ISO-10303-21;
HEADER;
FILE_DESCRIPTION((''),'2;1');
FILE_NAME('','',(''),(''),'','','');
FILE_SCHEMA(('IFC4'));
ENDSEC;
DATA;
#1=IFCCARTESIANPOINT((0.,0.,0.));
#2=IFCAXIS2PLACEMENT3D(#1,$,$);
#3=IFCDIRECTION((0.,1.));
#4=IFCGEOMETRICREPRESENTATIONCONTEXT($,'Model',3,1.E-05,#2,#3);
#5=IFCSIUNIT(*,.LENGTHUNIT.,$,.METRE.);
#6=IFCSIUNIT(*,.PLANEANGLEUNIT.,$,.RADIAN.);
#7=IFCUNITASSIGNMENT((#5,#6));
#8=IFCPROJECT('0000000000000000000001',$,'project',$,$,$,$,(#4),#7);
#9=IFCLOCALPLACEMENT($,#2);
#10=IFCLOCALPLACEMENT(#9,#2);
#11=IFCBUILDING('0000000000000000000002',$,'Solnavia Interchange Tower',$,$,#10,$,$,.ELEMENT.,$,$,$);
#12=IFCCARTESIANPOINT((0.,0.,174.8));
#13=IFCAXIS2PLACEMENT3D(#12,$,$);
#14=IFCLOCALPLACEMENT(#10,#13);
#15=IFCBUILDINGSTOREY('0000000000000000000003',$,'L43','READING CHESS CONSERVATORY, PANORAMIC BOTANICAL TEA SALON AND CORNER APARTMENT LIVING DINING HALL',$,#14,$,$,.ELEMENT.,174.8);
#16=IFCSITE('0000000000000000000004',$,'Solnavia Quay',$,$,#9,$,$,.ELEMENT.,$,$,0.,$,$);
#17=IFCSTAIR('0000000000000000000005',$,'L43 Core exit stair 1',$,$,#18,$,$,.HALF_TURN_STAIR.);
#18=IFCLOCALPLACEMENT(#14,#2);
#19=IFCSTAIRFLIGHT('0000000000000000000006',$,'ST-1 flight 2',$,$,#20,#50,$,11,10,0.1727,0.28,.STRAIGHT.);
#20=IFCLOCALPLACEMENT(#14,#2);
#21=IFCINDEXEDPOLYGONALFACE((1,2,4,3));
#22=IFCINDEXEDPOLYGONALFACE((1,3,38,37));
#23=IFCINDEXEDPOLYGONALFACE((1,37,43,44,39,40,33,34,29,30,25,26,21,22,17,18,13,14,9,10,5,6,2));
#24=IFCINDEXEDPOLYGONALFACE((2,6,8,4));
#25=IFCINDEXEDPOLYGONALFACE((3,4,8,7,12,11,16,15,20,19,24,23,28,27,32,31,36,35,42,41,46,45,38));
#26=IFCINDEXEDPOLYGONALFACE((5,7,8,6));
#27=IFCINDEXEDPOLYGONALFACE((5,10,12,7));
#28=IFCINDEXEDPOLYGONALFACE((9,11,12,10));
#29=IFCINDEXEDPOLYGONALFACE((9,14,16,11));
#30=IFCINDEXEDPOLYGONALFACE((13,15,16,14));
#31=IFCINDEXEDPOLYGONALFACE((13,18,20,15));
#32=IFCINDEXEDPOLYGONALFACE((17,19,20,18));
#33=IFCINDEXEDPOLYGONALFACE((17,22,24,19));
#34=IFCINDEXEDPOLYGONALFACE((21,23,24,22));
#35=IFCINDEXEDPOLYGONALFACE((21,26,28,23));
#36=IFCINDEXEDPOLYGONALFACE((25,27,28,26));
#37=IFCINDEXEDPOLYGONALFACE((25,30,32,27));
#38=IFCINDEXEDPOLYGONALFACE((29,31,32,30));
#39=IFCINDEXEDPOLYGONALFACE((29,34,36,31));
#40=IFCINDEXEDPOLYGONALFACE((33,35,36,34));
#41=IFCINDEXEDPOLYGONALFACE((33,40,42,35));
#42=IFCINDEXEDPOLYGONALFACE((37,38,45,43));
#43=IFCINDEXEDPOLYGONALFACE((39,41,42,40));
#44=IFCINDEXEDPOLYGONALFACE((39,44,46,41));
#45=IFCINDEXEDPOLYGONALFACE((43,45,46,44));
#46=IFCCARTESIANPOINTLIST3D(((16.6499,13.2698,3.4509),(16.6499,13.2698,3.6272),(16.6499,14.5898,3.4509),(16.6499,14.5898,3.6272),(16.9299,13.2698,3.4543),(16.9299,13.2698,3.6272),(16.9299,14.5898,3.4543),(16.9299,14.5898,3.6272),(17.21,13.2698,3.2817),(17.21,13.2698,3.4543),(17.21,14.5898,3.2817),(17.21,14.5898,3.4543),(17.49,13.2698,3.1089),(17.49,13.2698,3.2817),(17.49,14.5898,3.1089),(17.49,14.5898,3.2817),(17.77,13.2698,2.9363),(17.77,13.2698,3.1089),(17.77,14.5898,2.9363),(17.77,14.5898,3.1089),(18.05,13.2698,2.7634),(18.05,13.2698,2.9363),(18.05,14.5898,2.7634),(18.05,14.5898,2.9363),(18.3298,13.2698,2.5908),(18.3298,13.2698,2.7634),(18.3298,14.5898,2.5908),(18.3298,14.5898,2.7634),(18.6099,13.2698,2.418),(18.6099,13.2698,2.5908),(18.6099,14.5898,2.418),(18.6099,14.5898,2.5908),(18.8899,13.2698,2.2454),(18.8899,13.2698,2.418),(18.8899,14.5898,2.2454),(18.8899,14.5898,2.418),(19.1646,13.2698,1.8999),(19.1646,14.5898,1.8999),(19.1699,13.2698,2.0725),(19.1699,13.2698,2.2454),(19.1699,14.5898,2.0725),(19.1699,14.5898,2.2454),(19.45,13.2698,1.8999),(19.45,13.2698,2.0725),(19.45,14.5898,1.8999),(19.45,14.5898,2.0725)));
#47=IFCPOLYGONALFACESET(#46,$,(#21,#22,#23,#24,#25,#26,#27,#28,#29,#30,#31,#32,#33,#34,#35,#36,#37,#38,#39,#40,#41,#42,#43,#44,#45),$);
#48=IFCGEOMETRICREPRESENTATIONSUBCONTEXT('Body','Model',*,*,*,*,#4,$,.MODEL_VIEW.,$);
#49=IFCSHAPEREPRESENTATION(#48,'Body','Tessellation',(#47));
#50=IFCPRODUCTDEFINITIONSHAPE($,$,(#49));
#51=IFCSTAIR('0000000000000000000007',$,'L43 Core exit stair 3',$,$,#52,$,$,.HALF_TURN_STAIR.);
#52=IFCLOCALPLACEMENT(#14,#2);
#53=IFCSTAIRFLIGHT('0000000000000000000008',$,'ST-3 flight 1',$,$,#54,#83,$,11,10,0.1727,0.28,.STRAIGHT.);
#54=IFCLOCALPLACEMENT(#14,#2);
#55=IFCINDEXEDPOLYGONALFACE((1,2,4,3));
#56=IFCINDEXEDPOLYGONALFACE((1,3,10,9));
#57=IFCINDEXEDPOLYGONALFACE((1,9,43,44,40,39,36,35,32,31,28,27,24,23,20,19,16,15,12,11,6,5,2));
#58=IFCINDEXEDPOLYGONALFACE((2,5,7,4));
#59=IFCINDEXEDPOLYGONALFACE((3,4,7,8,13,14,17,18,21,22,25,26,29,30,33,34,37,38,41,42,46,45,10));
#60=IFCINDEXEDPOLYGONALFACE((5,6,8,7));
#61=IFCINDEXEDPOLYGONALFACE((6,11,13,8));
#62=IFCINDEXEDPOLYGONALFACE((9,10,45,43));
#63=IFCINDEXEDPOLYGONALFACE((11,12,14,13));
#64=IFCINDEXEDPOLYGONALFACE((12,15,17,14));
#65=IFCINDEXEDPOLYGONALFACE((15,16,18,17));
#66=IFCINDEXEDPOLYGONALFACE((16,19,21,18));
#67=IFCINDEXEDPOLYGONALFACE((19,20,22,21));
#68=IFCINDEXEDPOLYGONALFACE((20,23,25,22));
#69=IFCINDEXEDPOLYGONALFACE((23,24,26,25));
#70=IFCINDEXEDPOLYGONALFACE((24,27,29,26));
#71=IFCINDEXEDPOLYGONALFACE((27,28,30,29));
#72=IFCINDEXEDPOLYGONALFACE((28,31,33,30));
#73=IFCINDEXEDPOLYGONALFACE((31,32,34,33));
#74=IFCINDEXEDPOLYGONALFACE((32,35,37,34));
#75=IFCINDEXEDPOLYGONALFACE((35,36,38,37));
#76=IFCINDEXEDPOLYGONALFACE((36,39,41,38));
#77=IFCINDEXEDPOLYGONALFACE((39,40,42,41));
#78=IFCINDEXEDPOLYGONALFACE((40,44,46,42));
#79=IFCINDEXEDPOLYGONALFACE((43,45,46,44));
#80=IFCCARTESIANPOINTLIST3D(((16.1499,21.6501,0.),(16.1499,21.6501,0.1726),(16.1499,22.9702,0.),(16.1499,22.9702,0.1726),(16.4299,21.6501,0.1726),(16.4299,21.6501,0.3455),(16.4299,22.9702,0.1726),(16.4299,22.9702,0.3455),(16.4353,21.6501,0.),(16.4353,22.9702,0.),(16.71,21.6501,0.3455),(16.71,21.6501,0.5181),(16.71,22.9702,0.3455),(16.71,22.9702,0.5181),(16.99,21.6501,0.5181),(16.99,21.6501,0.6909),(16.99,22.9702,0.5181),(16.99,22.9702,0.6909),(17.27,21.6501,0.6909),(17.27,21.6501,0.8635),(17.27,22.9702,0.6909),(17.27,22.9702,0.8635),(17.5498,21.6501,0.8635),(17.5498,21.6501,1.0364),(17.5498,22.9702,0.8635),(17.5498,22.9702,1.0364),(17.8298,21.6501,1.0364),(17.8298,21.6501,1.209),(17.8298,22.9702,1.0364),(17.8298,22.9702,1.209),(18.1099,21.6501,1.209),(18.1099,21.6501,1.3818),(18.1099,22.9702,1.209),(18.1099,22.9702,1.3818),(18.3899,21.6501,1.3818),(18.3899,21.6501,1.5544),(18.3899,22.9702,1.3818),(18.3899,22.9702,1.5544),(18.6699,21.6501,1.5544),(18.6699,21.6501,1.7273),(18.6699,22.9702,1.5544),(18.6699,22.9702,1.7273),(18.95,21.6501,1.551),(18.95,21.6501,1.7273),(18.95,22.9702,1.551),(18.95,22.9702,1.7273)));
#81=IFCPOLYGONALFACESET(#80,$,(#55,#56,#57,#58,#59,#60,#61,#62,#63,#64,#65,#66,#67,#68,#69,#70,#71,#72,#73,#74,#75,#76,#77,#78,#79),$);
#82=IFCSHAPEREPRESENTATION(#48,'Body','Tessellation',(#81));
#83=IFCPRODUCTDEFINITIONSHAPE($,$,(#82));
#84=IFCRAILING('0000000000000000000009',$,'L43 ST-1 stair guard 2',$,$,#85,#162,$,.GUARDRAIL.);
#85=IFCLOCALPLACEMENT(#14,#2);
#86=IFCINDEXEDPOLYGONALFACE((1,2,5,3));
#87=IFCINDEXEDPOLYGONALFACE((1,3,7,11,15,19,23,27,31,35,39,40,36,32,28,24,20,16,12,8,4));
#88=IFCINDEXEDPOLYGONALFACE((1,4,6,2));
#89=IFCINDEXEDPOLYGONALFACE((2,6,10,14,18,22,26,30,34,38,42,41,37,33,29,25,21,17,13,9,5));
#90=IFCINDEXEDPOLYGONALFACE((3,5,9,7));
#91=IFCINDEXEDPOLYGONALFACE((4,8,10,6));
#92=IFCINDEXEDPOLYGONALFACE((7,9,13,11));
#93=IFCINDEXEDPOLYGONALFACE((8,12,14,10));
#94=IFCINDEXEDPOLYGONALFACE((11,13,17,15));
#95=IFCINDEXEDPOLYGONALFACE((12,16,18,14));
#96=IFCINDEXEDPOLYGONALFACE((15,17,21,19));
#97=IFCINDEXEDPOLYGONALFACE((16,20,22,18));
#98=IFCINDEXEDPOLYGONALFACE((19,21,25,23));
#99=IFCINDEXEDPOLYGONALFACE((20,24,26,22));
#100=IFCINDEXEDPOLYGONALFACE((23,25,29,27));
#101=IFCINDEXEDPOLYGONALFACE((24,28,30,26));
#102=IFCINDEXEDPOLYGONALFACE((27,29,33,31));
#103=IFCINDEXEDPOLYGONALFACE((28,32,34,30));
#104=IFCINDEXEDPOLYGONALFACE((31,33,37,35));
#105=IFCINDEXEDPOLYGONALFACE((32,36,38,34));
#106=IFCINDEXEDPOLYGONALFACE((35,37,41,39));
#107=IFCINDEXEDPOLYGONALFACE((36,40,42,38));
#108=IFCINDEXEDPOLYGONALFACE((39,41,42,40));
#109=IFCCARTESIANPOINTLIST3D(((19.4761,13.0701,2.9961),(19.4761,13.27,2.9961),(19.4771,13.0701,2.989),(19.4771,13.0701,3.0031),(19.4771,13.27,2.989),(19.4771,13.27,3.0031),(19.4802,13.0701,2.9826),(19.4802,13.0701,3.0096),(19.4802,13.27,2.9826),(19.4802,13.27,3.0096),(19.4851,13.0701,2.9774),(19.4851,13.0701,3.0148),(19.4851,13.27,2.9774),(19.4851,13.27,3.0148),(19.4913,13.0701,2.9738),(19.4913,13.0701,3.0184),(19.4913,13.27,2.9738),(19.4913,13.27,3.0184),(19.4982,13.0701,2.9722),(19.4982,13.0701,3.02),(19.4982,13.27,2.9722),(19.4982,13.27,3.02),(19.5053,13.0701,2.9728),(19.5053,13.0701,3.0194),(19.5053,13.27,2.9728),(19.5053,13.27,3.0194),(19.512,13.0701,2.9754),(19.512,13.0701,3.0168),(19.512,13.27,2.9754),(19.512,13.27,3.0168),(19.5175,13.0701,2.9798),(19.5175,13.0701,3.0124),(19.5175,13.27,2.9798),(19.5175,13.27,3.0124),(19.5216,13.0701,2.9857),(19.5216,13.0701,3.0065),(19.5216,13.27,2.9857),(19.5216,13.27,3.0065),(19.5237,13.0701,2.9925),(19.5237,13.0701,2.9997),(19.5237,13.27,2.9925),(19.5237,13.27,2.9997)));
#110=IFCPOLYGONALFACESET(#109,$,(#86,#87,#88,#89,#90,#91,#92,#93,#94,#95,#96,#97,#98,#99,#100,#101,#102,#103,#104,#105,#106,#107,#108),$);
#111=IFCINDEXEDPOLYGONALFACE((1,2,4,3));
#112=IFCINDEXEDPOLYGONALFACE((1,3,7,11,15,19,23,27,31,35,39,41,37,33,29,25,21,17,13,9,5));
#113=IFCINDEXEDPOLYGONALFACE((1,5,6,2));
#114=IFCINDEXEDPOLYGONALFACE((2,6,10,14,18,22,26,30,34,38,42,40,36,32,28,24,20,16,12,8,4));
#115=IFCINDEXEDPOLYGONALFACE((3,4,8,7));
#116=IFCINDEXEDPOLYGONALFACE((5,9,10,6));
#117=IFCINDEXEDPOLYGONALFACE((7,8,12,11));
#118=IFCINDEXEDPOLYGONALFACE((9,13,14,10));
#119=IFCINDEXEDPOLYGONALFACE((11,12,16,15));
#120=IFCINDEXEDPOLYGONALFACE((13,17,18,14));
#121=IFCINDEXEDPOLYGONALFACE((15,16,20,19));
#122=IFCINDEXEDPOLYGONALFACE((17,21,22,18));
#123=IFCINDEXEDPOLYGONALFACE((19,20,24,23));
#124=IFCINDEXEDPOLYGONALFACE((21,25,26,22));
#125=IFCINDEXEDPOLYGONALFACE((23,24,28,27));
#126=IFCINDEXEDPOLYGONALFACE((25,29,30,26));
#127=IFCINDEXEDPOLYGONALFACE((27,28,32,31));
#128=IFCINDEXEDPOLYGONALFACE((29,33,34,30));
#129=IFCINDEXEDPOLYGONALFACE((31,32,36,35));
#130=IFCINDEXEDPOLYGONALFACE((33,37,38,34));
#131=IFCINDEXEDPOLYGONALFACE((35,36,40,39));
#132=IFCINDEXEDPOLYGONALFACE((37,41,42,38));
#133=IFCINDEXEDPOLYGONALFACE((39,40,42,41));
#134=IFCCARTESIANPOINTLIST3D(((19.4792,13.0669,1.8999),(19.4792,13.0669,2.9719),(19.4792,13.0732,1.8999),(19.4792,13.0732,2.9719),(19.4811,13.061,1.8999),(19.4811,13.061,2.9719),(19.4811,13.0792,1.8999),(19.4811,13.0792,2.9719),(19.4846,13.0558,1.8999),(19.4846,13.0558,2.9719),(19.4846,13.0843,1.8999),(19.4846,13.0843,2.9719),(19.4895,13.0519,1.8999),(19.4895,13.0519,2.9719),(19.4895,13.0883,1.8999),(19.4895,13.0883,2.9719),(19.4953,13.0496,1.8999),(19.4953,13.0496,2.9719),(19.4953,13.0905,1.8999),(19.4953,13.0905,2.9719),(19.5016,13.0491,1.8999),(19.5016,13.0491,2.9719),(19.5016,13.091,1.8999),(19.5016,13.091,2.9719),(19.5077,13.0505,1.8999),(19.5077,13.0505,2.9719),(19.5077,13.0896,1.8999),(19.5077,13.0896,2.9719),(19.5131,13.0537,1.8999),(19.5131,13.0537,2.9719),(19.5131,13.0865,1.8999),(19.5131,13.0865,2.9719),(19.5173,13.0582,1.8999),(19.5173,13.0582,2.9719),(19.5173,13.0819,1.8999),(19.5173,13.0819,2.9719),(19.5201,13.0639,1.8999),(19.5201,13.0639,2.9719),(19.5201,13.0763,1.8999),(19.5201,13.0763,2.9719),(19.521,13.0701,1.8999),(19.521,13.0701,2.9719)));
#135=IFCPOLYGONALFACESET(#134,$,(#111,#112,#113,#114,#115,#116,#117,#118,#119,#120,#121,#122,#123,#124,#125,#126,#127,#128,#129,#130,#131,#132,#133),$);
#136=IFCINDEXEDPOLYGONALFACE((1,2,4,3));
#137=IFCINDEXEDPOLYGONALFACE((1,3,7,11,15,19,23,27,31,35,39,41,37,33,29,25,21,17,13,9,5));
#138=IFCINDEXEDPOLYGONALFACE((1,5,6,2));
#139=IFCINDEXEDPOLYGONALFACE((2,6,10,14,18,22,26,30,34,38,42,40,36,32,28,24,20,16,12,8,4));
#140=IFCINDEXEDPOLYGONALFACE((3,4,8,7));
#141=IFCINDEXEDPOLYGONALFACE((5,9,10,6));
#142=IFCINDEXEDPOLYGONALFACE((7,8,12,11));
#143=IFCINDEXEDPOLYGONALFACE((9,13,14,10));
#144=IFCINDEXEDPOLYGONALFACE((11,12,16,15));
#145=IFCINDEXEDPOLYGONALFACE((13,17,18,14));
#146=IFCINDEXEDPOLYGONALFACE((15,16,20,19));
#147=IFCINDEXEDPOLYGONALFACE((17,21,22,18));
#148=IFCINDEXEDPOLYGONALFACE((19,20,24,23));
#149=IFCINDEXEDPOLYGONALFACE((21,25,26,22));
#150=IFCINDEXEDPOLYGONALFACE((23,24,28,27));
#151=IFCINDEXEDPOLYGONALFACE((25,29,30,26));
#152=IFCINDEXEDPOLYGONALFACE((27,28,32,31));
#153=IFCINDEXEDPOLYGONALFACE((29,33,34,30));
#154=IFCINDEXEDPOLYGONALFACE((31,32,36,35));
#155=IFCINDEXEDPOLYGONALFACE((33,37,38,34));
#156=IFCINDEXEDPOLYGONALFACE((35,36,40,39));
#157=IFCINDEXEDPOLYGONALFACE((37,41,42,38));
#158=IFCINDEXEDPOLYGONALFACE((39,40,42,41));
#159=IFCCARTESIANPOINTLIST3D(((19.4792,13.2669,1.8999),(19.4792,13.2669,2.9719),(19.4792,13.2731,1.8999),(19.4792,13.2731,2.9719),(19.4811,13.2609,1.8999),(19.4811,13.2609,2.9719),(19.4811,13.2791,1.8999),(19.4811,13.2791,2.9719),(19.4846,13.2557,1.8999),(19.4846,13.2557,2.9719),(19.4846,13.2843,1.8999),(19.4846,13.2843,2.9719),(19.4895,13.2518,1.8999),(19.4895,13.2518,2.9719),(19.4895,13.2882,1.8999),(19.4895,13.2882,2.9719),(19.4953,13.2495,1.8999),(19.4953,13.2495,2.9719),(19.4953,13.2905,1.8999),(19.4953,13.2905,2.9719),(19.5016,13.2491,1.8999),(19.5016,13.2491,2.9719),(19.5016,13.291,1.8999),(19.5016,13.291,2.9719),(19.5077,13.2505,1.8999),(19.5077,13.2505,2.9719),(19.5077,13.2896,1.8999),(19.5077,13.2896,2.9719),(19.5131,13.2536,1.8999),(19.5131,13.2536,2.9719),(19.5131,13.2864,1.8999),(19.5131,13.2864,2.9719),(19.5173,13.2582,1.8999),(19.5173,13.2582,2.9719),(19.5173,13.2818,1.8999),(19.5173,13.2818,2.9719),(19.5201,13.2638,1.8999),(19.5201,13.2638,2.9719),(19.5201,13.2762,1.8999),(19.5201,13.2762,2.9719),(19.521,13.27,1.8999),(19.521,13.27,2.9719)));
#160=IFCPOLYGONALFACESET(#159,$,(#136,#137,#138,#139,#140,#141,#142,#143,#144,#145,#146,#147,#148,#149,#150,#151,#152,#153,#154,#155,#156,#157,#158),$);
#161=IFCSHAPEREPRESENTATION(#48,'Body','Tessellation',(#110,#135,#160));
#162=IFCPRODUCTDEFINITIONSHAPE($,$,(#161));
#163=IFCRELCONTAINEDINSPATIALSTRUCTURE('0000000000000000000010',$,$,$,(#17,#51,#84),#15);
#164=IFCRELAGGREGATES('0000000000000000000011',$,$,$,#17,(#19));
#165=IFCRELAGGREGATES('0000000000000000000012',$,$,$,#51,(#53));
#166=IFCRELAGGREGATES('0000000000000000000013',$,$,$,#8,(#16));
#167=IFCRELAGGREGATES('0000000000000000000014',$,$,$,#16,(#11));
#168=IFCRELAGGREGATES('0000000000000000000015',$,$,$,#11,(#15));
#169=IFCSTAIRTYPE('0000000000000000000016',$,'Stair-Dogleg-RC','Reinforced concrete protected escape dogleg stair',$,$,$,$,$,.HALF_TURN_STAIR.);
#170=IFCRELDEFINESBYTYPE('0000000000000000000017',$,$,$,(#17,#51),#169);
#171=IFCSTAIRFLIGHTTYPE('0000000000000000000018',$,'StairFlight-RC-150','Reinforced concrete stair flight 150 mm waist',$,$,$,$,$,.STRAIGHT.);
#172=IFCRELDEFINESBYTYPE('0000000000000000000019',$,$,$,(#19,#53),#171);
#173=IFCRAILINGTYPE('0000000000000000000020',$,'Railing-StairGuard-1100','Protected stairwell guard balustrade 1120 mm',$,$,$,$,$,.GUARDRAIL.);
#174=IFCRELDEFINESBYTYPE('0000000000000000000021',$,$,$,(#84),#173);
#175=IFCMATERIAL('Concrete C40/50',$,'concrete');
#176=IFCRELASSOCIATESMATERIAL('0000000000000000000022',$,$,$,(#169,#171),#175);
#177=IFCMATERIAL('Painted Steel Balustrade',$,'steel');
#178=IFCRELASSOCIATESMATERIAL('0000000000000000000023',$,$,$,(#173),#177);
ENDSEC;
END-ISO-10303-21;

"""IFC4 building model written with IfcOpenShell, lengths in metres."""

from ifc_helpers import new_model, si_unit, direction, frame, origin, origin_2d, place, context, subcontext, project, spatial, polyline, circle, outline, extrude, material, type_object, element, aggregate, save


model = new_model("IFC4")

# Units and contexts
model_context = context("Model", 3, precision=1e-05, world=origin(), true_north=direction((0.0, 1.0)))
body_context = subcontext(model_context, "Body", "Model", "MODEL_VIEW")
ifc_project = project(units=[si_unit("LENGTHUNIT", "METRE"), si_unit("PLANEANGLEUNIT", "RADIAN")], contexts=[model_context])

# Site, building, storey
site_placement = place(None, origin())
site = spatial("IfcSite", under=ifc_project, at=site_placement, Name="Solnavia Quay", CompositionType="ELEMENT", RefElevation=0.0)
building_placement = place(site_placement, origin())
building = spatial("IfcBuilding", under=site, at=building_placement, Name="Solnavia Interchange Tower", CompositionType="ELEMENT")
storey_placement = place(building_placement, frame((0.0, 0.0, 174.8)))
storey = spatial("IfcBuildingStorey", under=building, at=storey_placement, Name="L43", Description="READING CHESS CONSERVATORY, PANORAMIC BOTANICAL TEA SALON AND CORNER APARTMENT LIVING DINING HALL", CompositionType="ELEMENT", Elevation=174.8)

# Shared definitions
ifc_material_1 = material(Name="Concrete C40/50", Category="concrete")

# Stairs, stair flights
stair_type = type_object("IfcStairType", Name="Stair-Dogleg-RC", Description="Reinforced concrete protected escape dogleg stair", PredefinedType="HALF_TURN_STAIR", material=ifc_material_1)
stair_1_placement = place(storey_placement, origin())
stair_1 = element("IfcStair", 1, at=stair_1_placement, inside=storey, type_object=stair_type, Name="L43 Core exit stair 1", PredefinedType="HALF_TURN_STAIR")
stair_flight_type = type_object("IfcStairFlightType", Name="StairFlight-RC-150", Description="Reinforced concrete stair flight 150 mm waist", PredefinedType="STRAIGHT", material=ifc_material_1)
stair_flight_1_placement = place(storey_placement, frame((19.45, 13.9299, 1.8999), z_axis=(0.0, 0.0, 1.0), x_axis=(-1.0, 0.0, 0.0)))
stair_flight_1 = element("IfcStairFlight", 2, at=stair_flight_1_placement, type_object=stair_flight_type, Name="ST-1 flight 2", NumberOfRisers=11, NumberOfTreads=10, PredefinedType="STRAIGHT", RiserHeight=0.1727, TreadLength=0.28, context=body_context, shape_type="SweptSolid", body=[
    extrude(outline(polyline([(0.0, 0.0), (0.0, 0.1726), (0.28, 0.1726), (0.28, 0.3455), (0.5601, 0.3455), (0.5601, 0.5181), (0.8401, 0.5181), (0.8401, 0.6909), (1.1201, 0.6909), (1.1201, 0.8635), (1.3999, 0.8635), (1.3999, 1.0364), (1.6799, 1.0364), (1.6799, 1.209), (1.96, 1.209), (1.96, 1.3818), (2.24, 1.3818), (2.24, 1.5544), (2.52, 1.5544), (2.52, 1.7273), (2.8, 1.7273), (2.8, 1.8999), (2.8, 1.551), (0.2854, 0.0), (0.0, 0.0)])), frame((0.0, 0.6602, 0.0), z_axis=(0.0, -1.0, 0.0), x_axis=(1.0, 0.0, 0.0)), (0.0, 0.0, 1.0), 1.3201),
])
aggregate(stair_1, [stair_flight_1])
stair_2_placement = place(storey_placement, origin())
stair_2 = element("IfcStair", 3, at=stair_2_placement, inside=storey, type_object=stair_type, Name="L43 Core exit stair 3", PredefinedType="HALF_TURN_STAIR")
stair_flight_2_placement = place(storey_placement, frame((16.1499, 22.3101, 0.0), z_axis=(0.0, 0.0, 1.0), x_axis=(1.0, 0.0, 0.0)))
stair_flight_2 = element("IfcStairFlight", 4, at=stair_flight_2_placement, type_object=stair_flight_type, Name="ST-3 flight 1", NumberOfRisers=11, NumberOfTreads=10, PredefinedType="STRAIGHT", RiserHeight=0.1727, TreadLength=0.28, context=body_context, shape_type="SweptSolid", body=[
    extrude(outline(polyline([(0.0, 0.0), (0.0, 0.1726), (0.28, 0.1726), (0.28, 0.3455), (0.5601, 0.3455), (0.5601, 0.5181), (0.8401, 0.5181), (0.8401, 0.6909), (1.1201, 0.6909), (1.1201, 0.8635), (1.3999, 0.8635), (1.3999, 1.0364), (1.6799, 1.0364), (1.6799, 1.209), (1.96, 1.209), (1.96, 1.3818), (2.24, 1.3818), (2.24, 1.5544), (2.52, 1.5544), (2.52, 1.7273), (2.8, 1.7273), (2.8, 1.8999), (2.8, 1.551), (0.2854, 0.0), (0.0, 0.0)])), frame((0.0, 0.6602, 0.0), z_axis=(0.0, -1.0, 0.0), x_axis=(1.0, 0.0, 0.0)), (0.0, 0.0, 1.0), 1.3201),
])
aggregate(stair_2, [stair_flight_2])

# Railing
ifc_material_2 = material(Name="Painted Steel Balustrade", Category="steel")
railing_type_1 = type_object("IfcRailingType", Name="Railing-StairGuard-1100", Description="Protected stairwell guard balustrade 1120 mm", PredefinedType="GUARDRAIL", material=ifc_material_2)
railing_1_placement = place(storey_placement, frame((19.5, 13.0701, 1.8999)))
element("IfcRailing", 5, at=railing_1_placement, inside=storey, type_object=railing_type_1, Name="L43 ST-1 stair guard 2", PredefinedType="GUARDRAIL", context=body_context, shape_type="SweptSolid", body=[
    extrude(circle(Radius=0.0239, at=origin_2d()), frame((0.0, 0.0, 1.0962), z_axis=(0.0, 1.0, 0.0), x_axis=(-1.0, 0.0, 0.0)), (0.0, 0.0, 1.0), 0.2),
    extrude(circle(Radius=0.021, at=origin_2d()), origin(), (0.0, 0.0, 1.0), 1.072),
    extrude(circle(Radius=0.021, at=origin_2d()), frame((0.0, 0.2, 0.0)), (0.0, 0.0, 1.0), 1.072),
])

save(model, "model.ifc")
